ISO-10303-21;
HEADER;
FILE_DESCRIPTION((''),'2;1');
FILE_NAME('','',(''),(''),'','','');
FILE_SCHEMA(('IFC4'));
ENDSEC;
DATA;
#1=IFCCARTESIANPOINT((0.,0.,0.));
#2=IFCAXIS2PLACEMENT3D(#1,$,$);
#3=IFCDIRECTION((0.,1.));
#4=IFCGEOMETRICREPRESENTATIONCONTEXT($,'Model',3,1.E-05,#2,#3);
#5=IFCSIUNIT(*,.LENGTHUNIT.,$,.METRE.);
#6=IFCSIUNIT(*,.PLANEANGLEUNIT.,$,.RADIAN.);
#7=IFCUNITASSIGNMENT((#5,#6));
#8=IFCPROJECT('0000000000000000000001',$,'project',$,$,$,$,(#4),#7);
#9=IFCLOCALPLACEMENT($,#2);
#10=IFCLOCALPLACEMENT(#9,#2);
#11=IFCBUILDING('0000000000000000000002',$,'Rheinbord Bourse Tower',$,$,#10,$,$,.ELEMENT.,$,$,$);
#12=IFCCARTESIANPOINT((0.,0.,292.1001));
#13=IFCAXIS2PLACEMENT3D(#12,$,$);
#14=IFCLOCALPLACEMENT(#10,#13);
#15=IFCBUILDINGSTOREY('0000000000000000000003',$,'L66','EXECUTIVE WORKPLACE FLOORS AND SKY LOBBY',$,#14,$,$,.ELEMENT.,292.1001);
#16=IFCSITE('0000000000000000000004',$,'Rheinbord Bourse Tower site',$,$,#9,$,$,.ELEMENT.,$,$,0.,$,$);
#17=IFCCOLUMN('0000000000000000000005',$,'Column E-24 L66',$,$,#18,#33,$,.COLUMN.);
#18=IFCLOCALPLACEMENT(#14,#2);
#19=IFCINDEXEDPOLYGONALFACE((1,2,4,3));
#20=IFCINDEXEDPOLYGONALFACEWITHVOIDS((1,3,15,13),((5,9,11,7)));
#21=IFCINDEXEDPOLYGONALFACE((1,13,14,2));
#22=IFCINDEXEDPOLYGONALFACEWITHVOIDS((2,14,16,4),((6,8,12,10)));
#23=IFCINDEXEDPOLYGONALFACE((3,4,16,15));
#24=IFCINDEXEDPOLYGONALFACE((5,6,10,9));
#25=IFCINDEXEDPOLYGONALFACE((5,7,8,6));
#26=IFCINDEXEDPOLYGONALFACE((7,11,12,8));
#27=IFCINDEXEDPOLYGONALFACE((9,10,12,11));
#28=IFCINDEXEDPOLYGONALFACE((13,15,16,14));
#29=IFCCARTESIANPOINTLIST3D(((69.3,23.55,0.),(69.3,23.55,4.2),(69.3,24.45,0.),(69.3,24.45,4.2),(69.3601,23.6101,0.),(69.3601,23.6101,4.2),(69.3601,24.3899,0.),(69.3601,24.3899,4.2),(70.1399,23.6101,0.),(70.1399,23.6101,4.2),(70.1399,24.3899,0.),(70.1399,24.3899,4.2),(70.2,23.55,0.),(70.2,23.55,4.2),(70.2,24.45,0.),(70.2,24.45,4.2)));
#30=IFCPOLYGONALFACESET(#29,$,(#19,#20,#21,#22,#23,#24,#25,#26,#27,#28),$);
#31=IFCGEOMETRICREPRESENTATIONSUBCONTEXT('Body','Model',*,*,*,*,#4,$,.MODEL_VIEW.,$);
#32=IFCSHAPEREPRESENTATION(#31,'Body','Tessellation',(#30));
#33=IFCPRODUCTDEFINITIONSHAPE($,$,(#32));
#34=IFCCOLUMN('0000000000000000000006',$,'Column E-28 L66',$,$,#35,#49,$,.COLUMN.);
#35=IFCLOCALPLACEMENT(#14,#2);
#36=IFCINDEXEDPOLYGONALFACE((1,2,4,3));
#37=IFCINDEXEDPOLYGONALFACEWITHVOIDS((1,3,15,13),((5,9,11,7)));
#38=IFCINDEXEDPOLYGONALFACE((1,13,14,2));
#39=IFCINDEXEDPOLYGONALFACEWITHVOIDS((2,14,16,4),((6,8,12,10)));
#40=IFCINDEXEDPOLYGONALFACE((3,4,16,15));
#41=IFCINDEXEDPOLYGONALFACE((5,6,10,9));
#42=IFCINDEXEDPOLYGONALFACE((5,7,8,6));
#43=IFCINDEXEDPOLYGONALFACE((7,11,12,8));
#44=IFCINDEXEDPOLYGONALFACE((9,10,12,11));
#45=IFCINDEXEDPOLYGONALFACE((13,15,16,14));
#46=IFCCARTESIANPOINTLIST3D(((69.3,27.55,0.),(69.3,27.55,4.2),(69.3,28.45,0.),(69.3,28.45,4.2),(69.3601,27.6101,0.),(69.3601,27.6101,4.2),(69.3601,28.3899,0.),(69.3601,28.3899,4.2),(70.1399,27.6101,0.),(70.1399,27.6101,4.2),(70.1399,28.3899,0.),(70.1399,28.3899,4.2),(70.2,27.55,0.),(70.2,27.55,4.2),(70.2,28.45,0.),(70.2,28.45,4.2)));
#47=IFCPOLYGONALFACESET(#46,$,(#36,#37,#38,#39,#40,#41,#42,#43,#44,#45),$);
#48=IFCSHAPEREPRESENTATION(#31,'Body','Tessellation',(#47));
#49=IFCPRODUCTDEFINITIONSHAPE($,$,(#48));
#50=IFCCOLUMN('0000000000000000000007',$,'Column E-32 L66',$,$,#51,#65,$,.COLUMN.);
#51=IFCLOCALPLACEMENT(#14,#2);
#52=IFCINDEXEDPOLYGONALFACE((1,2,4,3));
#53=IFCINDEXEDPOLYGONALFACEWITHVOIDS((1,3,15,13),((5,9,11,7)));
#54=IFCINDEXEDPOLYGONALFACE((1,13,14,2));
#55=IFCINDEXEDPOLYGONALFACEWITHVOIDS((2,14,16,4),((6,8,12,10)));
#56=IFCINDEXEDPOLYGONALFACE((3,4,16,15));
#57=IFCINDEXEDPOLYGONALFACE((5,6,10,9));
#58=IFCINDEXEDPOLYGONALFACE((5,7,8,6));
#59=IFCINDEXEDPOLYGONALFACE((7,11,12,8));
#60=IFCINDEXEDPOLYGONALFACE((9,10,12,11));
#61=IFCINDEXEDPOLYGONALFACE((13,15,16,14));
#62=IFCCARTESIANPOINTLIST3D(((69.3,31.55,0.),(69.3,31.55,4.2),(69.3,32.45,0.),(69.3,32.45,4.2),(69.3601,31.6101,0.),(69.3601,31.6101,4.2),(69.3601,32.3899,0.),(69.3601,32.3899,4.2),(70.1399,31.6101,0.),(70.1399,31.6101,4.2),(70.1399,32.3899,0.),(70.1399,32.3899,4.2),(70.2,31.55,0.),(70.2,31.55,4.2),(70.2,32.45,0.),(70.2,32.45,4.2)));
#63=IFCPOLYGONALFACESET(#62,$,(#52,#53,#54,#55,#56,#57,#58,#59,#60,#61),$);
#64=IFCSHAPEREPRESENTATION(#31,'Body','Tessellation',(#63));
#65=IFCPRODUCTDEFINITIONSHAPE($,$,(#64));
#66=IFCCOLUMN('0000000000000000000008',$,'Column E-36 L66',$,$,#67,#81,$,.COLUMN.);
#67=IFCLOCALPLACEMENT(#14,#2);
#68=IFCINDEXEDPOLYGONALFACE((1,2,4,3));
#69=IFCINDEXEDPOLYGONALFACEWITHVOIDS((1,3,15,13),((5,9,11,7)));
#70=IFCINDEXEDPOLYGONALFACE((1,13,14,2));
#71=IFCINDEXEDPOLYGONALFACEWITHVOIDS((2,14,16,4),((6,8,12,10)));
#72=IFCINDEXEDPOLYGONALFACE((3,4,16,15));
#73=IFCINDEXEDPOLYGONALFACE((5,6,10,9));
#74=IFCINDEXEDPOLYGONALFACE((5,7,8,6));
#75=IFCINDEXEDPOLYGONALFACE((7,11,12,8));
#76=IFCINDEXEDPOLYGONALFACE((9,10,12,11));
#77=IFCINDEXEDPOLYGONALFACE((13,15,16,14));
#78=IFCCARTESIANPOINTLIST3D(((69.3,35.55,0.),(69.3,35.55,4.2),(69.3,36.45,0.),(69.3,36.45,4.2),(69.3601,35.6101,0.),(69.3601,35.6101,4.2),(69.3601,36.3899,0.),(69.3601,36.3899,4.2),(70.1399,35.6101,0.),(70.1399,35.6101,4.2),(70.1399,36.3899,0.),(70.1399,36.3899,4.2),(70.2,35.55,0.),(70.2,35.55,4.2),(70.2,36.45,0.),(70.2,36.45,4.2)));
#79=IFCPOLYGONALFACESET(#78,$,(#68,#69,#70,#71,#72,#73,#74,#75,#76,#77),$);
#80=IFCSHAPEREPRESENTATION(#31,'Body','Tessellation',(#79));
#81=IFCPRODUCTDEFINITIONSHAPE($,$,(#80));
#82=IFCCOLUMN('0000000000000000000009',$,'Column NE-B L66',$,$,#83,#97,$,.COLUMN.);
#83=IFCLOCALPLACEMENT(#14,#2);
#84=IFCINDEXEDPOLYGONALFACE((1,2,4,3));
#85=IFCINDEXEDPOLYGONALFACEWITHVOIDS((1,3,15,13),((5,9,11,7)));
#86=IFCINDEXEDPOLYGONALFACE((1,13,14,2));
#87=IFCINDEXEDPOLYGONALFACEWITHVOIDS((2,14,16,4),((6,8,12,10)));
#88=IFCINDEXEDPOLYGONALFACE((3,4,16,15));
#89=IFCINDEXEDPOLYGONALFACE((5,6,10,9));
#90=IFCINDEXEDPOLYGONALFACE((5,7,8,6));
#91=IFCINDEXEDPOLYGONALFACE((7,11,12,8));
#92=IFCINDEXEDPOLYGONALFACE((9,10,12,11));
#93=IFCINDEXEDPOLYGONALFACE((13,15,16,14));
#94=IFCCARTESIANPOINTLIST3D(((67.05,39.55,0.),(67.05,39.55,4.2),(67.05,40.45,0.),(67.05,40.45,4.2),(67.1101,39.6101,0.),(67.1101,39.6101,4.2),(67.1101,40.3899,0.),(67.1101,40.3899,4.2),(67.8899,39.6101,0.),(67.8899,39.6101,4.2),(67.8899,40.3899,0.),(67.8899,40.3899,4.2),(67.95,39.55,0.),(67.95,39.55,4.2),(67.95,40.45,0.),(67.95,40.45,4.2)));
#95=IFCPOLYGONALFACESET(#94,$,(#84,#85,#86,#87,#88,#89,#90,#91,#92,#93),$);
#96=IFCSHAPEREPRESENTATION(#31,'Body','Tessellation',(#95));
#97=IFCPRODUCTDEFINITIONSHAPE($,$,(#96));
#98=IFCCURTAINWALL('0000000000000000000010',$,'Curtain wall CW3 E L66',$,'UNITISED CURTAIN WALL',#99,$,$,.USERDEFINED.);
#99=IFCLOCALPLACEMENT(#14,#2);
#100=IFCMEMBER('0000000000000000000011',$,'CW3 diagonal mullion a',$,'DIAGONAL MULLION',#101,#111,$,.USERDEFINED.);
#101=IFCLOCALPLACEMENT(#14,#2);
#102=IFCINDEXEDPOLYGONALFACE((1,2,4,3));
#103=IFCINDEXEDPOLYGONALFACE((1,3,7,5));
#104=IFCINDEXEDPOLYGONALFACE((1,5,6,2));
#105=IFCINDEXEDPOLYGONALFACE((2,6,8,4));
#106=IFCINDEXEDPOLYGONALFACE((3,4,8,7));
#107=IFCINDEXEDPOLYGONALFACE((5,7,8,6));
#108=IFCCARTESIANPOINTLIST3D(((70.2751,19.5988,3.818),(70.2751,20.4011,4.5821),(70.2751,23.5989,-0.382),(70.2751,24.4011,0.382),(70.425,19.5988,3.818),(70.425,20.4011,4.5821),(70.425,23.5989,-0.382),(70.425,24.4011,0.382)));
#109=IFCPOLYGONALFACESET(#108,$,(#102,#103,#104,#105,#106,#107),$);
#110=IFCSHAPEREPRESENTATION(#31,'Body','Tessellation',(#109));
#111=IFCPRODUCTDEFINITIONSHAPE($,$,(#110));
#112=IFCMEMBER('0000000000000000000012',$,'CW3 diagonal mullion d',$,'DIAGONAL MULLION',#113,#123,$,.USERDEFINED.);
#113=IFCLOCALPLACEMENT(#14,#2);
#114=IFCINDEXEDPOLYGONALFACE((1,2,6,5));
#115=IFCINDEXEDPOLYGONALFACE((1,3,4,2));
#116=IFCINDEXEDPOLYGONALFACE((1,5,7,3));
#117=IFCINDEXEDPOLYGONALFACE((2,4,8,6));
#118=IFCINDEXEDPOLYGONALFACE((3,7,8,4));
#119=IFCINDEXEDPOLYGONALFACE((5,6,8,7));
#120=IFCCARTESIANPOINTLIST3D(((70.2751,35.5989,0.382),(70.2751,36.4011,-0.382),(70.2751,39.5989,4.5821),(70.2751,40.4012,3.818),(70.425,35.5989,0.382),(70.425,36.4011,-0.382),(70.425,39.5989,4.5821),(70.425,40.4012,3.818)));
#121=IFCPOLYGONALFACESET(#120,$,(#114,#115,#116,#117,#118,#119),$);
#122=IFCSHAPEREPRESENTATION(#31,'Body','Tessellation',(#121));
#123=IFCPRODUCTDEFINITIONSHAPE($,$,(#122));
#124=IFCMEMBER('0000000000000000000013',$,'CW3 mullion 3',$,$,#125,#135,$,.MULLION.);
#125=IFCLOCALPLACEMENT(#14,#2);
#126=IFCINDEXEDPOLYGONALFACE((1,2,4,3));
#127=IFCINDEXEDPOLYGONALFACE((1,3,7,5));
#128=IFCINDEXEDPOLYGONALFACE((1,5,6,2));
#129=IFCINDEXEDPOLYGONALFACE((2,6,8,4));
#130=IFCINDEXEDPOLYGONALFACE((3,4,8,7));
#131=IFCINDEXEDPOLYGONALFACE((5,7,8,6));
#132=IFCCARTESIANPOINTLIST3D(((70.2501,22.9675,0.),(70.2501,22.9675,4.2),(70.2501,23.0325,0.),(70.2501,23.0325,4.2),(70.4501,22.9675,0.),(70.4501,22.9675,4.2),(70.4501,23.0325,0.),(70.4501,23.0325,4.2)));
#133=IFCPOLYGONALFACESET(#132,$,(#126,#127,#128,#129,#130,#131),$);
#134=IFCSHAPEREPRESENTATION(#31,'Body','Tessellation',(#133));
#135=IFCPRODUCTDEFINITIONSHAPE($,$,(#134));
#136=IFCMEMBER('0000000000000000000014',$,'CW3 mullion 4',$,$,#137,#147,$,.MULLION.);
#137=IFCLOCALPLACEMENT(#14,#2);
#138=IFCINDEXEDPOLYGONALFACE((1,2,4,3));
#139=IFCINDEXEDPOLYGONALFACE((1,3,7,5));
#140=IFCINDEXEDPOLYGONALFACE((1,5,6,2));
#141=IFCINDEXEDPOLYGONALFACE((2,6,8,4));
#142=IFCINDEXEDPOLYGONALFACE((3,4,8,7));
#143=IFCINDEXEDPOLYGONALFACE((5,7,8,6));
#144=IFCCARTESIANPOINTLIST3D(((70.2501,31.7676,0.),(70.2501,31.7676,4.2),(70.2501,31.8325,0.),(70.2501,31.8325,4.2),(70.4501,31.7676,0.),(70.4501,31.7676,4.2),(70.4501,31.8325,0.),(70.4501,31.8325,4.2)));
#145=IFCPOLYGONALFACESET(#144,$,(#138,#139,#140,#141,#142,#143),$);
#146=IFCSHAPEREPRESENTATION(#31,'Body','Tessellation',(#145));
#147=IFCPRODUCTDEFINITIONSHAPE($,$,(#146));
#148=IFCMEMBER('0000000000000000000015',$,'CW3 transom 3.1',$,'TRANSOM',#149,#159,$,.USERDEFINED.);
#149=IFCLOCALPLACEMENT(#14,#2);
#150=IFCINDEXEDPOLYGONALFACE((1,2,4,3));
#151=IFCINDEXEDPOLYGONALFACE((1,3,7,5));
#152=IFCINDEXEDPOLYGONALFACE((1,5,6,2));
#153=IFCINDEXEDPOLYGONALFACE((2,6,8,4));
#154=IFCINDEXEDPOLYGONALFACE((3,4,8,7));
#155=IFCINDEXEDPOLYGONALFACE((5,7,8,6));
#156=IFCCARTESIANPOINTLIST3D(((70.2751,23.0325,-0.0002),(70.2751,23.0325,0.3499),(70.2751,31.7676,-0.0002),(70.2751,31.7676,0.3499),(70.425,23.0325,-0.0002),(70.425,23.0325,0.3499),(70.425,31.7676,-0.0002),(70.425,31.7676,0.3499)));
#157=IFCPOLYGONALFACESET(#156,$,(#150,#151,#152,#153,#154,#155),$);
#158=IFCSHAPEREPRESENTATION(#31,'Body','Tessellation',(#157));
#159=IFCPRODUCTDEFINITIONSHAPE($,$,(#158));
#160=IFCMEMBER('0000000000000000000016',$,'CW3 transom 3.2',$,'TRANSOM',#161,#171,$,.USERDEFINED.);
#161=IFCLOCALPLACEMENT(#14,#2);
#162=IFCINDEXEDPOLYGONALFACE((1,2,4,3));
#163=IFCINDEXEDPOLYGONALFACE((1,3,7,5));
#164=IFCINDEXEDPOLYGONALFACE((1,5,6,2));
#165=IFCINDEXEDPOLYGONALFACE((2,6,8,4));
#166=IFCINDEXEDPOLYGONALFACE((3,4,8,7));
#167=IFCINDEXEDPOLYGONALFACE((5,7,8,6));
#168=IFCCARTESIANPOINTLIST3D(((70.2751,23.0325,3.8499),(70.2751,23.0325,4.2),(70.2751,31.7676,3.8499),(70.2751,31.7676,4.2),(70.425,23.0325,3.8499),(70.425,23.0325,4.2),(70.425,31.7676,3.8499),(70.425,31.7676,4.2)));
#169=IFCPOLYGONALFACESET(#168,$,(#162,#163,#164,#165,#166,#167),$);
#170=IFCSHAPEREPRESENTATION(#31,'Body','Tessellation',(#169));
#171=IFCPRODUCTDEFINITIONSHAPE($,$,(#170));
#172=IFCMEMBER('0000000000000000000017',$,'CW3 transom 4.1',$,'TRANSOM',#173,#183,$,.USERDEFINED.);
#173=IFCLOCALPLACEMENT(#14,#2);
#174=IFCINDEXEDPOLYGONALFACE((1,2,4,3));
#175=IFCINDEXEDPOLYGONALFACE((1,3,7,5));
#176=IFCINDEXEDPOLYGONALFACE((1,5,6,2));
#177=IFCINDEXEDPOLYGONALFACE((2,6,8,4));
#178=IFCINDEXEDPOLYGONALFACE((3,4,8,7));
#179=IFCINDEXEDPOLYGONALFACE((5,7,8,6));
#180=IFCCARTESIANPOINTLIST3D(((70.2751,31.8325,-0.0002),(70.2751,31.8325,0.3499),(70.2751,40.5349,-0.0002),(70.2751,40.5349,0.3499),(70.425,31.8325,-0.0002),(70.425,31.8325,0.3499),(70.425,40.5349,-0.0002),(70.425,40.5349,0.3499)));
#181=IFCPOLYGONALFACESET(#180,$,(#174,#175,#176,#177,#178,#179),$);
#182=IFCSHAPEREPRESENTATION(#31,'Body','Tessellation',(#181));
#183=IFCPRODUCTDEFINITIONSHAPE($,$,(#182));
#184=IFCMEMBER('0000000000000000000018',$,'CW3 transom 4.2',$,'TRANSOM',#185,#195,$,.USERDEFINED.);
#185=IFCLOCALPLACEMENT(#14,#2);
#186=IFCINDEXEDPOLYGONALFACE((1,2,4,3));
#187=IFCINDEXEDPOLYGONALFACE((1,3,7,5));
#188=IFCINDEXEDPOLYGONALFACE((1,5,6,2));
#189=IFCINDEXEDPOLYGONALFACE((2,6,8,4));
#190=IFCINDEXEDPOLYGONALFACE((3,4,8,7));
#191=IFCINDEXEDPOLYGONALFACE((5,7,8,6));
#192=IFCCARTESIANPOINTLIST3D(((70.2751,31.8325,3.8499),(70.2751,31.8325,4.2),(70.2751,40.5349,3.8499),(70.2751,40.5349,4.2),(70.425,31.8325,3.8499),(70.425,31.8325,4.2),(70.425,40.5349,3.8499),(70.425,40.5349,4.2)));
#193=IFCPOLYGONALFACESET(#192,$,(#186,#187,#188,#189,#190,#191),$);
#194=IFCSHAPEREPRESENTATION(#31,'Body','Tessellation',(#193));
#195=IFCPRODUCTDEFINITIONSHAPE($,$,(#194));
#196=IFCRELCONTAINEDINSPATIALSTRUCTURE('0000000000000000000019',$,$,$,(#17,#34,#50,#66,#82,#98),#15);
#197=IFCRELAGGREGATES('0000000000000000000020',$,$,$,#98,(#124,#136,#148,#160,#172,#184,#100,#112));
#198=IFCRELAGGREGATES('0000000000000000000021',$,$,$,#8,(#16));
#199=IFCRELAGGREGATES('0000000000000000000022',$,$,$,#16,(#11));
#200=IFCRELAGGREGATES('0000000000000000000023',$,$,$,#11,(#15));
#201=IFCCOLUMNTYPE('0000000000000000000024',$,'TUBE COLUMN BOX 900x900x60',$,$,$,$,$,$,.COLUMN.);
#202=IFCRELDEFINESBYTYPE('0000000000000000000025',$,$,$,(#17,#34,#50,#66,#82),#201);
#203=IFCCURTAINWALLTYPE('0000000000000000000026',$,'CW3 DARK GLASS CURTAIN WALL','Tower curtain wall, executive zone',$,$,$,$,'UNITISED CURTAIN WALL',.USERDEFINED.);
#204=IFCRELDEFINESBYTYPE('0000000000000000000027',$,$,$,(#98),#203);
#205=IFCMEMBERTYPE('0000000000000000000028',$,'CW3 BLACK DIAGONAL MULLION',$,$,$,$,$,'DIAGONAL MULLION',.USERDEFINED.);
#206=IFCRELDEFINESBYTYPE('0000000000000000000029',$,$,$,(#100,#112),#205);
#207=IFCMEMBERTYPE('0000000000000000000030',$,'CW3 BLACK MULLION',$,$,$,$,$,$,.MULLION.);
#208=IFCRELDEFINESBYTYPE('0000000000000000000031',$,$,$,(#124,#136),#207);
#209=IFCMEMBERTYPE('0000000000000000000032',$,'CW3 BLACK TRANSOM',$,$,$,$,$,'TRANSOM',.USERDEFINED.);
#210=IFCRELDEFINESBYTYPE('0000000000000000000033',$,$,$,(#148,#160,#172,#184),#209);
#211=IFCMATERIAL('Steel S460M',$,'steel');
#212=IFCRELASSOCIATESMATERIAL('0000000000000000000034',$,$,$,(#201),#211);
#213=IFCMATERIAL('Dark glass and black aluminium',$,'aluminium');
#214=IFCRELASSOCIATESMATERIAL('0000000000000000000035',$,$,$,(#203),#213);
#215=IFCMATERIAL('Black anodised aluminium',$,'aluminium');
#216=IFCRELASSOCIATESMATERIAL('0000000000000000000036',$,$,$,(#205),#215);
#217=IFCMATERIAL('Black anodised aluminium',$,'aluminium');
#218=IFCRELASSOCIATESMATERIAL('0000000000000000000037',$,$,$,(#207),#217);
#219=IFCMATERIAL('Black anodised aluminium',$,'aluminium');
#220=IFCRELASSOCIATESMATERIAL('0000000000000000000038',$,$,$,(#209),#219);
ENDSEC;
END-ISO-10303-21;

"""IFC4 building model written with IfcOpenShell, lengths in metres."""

from ifc_helpers import new_model, si_unit, direction, frame, origin, origin_2d, place, context, subcontext, project, spatial, rectangle, hollow_rectangle, extrude, material, material_profile, profile_set, type_object, element, aggregate, save


model = new_model("IFC4")

# Units and contexts
model_context = context("Model", 3, precision=1e-05, world=origin(), true_north=direction((0.0, 1.0)))
body_context = subcontext(model_context, "Body", "Model", "MODEL_VIEW")
ifc_project = project(units=[si_unit("LENGTHUNIT", "METRE"), si_unit("PLANEANGLEUNIT", "RADIAN")], contexts=[model_context])

# Site, building, storey
site_placement = place(None, origin())
site = spatial("IfcSite", under=ifc_project, at=site_placement, Name="Rheinbord Bourse Tower site", CompositionType="ELEMENT", RefElevation=0.0)
building_placement = place(site_placement, origin())
building = spatial("IfcBuilding", under=site, at=building_placement, Name="Rheinbord Bourse Tower", CompositionType="ELEMENT")
storey_placement = place(building_placement, frame((0.0, 0.0, 292.1001)))
storey = spatial("IfcBuildingStorey", under=building, at=storey_placement, Name="L66", Description="EXECUTIVE WORKPLACE FLOORS AND SKY LOBBY", CompositionType="ELEMENT", Elevation=292.1001)

# Columns
ifc_material_1 = material(Name="Steel S460M", Category="steel")
ifc_material_profile_1 = material_profile(ifc_material_1, hollow_rectangle(XDim=0.8999, YDim=0.8999, WallThickness=0.0601, at=origin_2d()), Name="BOX 900x900x60")
ifc_profile_set_1 = profile_set([ifc_material_profile_1], Name="Steel S460M")
column_type = type_object("IfcColumnType", Name="TUBE COLUMN BOX 900x900x60", PredefinedType="COLUMN", material=ifc_profile_set_1)
for number, where, z_axis, x_axis, name in (
    (1, (69.75, 24.0, 0.0), (0.0, 0.0, 1.0), (1.0, 0.0, 0.0), "Column E-24 L66"),
    (2, (69.75, 28.0, 0.0), (0.0, 0.0, 1.0), (1.0, 0.0, 0.0), "Column E-28 L66"),
    (3, (69.75, 32.0, 0.0), (0.0, 0.0, 1.0), (1.0, 0.0, 0.0), "Column E-32 L66"),
    (4, (69.75, 36.0, 0.0), (0.0, 0.0, 1.0), (1.0, 0.0, 0.0), "Column E-36 L66"),
    (5, (67.5, 40.0, 0.0), (0.0, 0.0, 1.0), (1.0, 0.0, 0.0), "Column NE-B L66"),
):
    element("IfcColumn", number, at=place(storey_placement, frame(where, z_axis=z_axis, x_axis=x_axis)), inside=storey, type_object=column_type, Name=name, PredefinedType="COLUMN", context=body_context, shape_type="SweptSolid", body=[
        extrude(hollow_rectangle(XDim=0.8999, YDim=0.8999, WallThickness=0.0601, at=origin_2d()), origin(), (0.0, 0.0, 1.0), 4.2),
    ])

# Curtain wall, members
ifc_material_2 = material(Name="Dark glass and black aluminium", Category="aluminium")
curtain_wall_type = type_object("IfcCurtainWallType", Name="CW3 DARK GLASS CURTAIN WALL", Description="Tower curtain wall, executive zone", ElementType="UNITISED CURTAIN WALL", PredefinedType="USERDEFINED", material=ifc_material_2)
curtain_wall_placement = place(storey_placement, origin())
curtain_wall = element("IfcCurtainWall", 6, at=curtain_wall_placement, inside=storey, type_object=curtain_wall_type, Name="Curtain wall CW3 E L66", ObjectType="UNITISED CURTAIN WALL", PredefinedType="USERDEFINED")
ifc_material_3 = material(Name="Black anodised aluminium", Category="aluminium")
ifc_material_profile_2 = material_profile(ifc_material_3, rectangle(XDim=0.1499, YDim=1.1079, at=origin_2d()), Name="CW3 DIAGONAL MULLION 1108x150")
ifc_profile_set_2 = profile_set([ifc_material_profile_2], Name="Black anodised aluminium")
member_type_1 = type_object("IfcMemberType", Name="CW3 BLACK DIAGONAL MULLION", ElementType="DIAGONAL MULLION", PredefinedType="USERDEFINED", material=ifc_profile_set_2)
member_1_placement = place(storey_placement, frame((70.3501, 24.0, 0.0), z_axis=(0.0, -0.689659, 0.724134), x_axis=(1.0, 0.0, 0.0)))
member_1 = element("IfcMember", 7, at=member_1_placement, type_object=member_type_1, Name="CW3 diagonal mullion a", ObjectType="DIAGONAL MULLION", PredefinedType="USERDEFINED", context=body_context, shape_type="SweptSolid", body=[
    extrude(rectangle(XDim=0.1499, YDim=1.1079, at=origin_2d()), origin(), (0.0, 0.0, 1.0), 5.8),
])
member_2_placement = place(storey_placement, frame((70.3501, 36.0, 0.0), z_axis=(0.0, 0.689659, 0.724134), x_axis=(-1.0, 0.0, 0.0)))
member_2 = element("IfcMember", 8, at=member_2_placement, type_object=member_type_1, Name="CW3 diagonal mullion d", ObjectType="DIAGONAL MULLION", PredefinedType="USERDEFINED", context=body_context, shape_type="SweptSolid", body=[
    extrude(rectangle(XDim=0.1499, YDim=1.1079, at=origin_2d()), origin(), (0.0, 0.0, 1.0), 5.8),
])
ifc_material_4 = material(Name="Black anodised aluminium", Category="aluminium")
ifc_material_profile_3 = material_profile(ifc_material_4, rectangle(XDim=0.2, YDim=0.0649, at=origin_2d()), Name="CW3 MULLION 65x200")
ifc_profile_set_3 = profile_set([ifc_material_profile_3], Name="Black anodised aluminium")
member_type_2 = type_object("IfcMemberType", Name="CW3 BLACK MULLION", PredefinedType="MULLION", material=ifc_profile_set_3)
member_3_placement = place(storey_placement, frame((70.3501, 23.0, 0.0), z_axis=(0.0, 0.0, 1.0), x_axis=(-1.0, 0.0, 0.0)))
member_3 = element("IfcMember", 9, at=member_3_placement, type_object=member_type_2, Name="CW3 mullion 3", PredefinedType="MULLION", context=body_context, shape_type="SweptSolid", body=[
    extrude(rectangle(XDim=0.2, YDim=0.0649, at=origin_2d()), origin(), (0.0, 0.0, 1.0), 4.2),
])
member_4_placement = place(storey_placement, frame((70.3501, 31.8, 0.0), z_axis=(0.0, 0.0, 1.0), x_axis=(-1.0, 0.0, 0.0)))
member_4 = element("IfcMember", 10, at=member_4_placement, type_object=member_type_2, Name="CW3 mullion 4", PredefinedType="MULLION", context=body_context, shape_type="SweptSolid", body=[
    extrude(rectangle(XDim=0.2, YDim=0.0649, at=origin_2d()), origin(), (0.0, 0.0, 1.0), 4.2),
])
ifc_material_5 = material(Name="Black anodised aluminium", Category="aluminium")
ifc_material_profile_4 = material_profile(ifc_material_5, rectangle(XDim=0.1499, YDim=0.3501, at=origin_2d()), Name="CW3 TRANSOM 350x150")
ifc_profile_set_4 = profile_set([ifc_material_profile_4], Name="Black anodised aluminium")
member_type_3 = type_object("IfcMemberType", Name="CW3 BLACK TRANSOM", ElementType="TRANSOM", PredefinedType="USERDEFINED", material=ifc_profile_set_4)
member_5_placement = place(storey_placement, frame((70.3501, 23.0325, 0.1748), z_axis=(0.0, 1.0, 0.0), x_axis=(-1.0, 0.0, 0.0)))
member_5 = element("IfcMember", 11, at=member_5_placement, type_object=member_type_3, Name="CW3 transom 3.1", ObjectType="TRANSOM", PredefinedType="USERDEFINED", context=body_context, shape_type="SweptSolid", body=[
    extrude(rectangle(XDim=0.1499, YDim=0.3501, at=origin_2d()), origin(), (0.0, 0.0, 1.0), 8.7351),
])
member_6_placement = place(storey_placement, frame((70.3501, 23.0325, 4.0249), z_axis=(0.0, 1.0, 0.0), x_axis=(-1.0, 0.0, 0.0)))
member_6 = element("IfcMember", 12, at=member_6_placement, type_object=member_type_3, Name="CW3 transom 3.2", ObjectType="TRANSOM", PredefinedType="USERDEFINED", context=body_context, shape_type="SweptSolid", body=[
    extrude(rectangle(XDim=0.1499, YDim=0.3501, at=origin_2d()), origin(), (0.0, 0.0, 1.0), 8.7351),
])
member_7_placement = place(storey_placement, frame((70.3501, 31.8325, 0.1748), z_axis=(0.0, 1.0, 0.0), x_axis=(-1.0, 0.0, 0.0)))
member_7 = element("IfcMember", 13, at=member_7_placement, type_object=member_type_3, Name="CW3 transom 4.1", ObjectType="TRANSOM", PredefinedType="USERDEFINED", context=body_context, shape_type="SweptSolid", body=[
    extrude(rectangle(XDim=0.1499, YDim=0.3501, at=origin_2d()), origin(), (0.0, 0.0, 1.0), 8.7024),
])
member_8_placement = place(storey_placement, frame((70.3501, 31.8325, 4.0249), z_axis=(0.0, 1.0, 0.0), x_axis=(-1.0, 0.0, 0.0)))
member_8 = element("IfcMember", 14, at=member_8_placement, type_object=member_type_3, Name="CW3 transom 4.2", ObjectType="TRANSOM", PredefinedType="USERDEFINED", context=body_context, shape_type="SweptSolid", body=[
    extrude(rectangle(XDim=0.1499, YDim=0.3501, at=origin_2d()), origin(), (0.0, 0.0, 1.0), 8.7024),
])

aggregate(curtain_wall, [member_3, member_4, member_5, member_6, member_7, member_8, member_1, member_2])

save(model, "model.ifc")
